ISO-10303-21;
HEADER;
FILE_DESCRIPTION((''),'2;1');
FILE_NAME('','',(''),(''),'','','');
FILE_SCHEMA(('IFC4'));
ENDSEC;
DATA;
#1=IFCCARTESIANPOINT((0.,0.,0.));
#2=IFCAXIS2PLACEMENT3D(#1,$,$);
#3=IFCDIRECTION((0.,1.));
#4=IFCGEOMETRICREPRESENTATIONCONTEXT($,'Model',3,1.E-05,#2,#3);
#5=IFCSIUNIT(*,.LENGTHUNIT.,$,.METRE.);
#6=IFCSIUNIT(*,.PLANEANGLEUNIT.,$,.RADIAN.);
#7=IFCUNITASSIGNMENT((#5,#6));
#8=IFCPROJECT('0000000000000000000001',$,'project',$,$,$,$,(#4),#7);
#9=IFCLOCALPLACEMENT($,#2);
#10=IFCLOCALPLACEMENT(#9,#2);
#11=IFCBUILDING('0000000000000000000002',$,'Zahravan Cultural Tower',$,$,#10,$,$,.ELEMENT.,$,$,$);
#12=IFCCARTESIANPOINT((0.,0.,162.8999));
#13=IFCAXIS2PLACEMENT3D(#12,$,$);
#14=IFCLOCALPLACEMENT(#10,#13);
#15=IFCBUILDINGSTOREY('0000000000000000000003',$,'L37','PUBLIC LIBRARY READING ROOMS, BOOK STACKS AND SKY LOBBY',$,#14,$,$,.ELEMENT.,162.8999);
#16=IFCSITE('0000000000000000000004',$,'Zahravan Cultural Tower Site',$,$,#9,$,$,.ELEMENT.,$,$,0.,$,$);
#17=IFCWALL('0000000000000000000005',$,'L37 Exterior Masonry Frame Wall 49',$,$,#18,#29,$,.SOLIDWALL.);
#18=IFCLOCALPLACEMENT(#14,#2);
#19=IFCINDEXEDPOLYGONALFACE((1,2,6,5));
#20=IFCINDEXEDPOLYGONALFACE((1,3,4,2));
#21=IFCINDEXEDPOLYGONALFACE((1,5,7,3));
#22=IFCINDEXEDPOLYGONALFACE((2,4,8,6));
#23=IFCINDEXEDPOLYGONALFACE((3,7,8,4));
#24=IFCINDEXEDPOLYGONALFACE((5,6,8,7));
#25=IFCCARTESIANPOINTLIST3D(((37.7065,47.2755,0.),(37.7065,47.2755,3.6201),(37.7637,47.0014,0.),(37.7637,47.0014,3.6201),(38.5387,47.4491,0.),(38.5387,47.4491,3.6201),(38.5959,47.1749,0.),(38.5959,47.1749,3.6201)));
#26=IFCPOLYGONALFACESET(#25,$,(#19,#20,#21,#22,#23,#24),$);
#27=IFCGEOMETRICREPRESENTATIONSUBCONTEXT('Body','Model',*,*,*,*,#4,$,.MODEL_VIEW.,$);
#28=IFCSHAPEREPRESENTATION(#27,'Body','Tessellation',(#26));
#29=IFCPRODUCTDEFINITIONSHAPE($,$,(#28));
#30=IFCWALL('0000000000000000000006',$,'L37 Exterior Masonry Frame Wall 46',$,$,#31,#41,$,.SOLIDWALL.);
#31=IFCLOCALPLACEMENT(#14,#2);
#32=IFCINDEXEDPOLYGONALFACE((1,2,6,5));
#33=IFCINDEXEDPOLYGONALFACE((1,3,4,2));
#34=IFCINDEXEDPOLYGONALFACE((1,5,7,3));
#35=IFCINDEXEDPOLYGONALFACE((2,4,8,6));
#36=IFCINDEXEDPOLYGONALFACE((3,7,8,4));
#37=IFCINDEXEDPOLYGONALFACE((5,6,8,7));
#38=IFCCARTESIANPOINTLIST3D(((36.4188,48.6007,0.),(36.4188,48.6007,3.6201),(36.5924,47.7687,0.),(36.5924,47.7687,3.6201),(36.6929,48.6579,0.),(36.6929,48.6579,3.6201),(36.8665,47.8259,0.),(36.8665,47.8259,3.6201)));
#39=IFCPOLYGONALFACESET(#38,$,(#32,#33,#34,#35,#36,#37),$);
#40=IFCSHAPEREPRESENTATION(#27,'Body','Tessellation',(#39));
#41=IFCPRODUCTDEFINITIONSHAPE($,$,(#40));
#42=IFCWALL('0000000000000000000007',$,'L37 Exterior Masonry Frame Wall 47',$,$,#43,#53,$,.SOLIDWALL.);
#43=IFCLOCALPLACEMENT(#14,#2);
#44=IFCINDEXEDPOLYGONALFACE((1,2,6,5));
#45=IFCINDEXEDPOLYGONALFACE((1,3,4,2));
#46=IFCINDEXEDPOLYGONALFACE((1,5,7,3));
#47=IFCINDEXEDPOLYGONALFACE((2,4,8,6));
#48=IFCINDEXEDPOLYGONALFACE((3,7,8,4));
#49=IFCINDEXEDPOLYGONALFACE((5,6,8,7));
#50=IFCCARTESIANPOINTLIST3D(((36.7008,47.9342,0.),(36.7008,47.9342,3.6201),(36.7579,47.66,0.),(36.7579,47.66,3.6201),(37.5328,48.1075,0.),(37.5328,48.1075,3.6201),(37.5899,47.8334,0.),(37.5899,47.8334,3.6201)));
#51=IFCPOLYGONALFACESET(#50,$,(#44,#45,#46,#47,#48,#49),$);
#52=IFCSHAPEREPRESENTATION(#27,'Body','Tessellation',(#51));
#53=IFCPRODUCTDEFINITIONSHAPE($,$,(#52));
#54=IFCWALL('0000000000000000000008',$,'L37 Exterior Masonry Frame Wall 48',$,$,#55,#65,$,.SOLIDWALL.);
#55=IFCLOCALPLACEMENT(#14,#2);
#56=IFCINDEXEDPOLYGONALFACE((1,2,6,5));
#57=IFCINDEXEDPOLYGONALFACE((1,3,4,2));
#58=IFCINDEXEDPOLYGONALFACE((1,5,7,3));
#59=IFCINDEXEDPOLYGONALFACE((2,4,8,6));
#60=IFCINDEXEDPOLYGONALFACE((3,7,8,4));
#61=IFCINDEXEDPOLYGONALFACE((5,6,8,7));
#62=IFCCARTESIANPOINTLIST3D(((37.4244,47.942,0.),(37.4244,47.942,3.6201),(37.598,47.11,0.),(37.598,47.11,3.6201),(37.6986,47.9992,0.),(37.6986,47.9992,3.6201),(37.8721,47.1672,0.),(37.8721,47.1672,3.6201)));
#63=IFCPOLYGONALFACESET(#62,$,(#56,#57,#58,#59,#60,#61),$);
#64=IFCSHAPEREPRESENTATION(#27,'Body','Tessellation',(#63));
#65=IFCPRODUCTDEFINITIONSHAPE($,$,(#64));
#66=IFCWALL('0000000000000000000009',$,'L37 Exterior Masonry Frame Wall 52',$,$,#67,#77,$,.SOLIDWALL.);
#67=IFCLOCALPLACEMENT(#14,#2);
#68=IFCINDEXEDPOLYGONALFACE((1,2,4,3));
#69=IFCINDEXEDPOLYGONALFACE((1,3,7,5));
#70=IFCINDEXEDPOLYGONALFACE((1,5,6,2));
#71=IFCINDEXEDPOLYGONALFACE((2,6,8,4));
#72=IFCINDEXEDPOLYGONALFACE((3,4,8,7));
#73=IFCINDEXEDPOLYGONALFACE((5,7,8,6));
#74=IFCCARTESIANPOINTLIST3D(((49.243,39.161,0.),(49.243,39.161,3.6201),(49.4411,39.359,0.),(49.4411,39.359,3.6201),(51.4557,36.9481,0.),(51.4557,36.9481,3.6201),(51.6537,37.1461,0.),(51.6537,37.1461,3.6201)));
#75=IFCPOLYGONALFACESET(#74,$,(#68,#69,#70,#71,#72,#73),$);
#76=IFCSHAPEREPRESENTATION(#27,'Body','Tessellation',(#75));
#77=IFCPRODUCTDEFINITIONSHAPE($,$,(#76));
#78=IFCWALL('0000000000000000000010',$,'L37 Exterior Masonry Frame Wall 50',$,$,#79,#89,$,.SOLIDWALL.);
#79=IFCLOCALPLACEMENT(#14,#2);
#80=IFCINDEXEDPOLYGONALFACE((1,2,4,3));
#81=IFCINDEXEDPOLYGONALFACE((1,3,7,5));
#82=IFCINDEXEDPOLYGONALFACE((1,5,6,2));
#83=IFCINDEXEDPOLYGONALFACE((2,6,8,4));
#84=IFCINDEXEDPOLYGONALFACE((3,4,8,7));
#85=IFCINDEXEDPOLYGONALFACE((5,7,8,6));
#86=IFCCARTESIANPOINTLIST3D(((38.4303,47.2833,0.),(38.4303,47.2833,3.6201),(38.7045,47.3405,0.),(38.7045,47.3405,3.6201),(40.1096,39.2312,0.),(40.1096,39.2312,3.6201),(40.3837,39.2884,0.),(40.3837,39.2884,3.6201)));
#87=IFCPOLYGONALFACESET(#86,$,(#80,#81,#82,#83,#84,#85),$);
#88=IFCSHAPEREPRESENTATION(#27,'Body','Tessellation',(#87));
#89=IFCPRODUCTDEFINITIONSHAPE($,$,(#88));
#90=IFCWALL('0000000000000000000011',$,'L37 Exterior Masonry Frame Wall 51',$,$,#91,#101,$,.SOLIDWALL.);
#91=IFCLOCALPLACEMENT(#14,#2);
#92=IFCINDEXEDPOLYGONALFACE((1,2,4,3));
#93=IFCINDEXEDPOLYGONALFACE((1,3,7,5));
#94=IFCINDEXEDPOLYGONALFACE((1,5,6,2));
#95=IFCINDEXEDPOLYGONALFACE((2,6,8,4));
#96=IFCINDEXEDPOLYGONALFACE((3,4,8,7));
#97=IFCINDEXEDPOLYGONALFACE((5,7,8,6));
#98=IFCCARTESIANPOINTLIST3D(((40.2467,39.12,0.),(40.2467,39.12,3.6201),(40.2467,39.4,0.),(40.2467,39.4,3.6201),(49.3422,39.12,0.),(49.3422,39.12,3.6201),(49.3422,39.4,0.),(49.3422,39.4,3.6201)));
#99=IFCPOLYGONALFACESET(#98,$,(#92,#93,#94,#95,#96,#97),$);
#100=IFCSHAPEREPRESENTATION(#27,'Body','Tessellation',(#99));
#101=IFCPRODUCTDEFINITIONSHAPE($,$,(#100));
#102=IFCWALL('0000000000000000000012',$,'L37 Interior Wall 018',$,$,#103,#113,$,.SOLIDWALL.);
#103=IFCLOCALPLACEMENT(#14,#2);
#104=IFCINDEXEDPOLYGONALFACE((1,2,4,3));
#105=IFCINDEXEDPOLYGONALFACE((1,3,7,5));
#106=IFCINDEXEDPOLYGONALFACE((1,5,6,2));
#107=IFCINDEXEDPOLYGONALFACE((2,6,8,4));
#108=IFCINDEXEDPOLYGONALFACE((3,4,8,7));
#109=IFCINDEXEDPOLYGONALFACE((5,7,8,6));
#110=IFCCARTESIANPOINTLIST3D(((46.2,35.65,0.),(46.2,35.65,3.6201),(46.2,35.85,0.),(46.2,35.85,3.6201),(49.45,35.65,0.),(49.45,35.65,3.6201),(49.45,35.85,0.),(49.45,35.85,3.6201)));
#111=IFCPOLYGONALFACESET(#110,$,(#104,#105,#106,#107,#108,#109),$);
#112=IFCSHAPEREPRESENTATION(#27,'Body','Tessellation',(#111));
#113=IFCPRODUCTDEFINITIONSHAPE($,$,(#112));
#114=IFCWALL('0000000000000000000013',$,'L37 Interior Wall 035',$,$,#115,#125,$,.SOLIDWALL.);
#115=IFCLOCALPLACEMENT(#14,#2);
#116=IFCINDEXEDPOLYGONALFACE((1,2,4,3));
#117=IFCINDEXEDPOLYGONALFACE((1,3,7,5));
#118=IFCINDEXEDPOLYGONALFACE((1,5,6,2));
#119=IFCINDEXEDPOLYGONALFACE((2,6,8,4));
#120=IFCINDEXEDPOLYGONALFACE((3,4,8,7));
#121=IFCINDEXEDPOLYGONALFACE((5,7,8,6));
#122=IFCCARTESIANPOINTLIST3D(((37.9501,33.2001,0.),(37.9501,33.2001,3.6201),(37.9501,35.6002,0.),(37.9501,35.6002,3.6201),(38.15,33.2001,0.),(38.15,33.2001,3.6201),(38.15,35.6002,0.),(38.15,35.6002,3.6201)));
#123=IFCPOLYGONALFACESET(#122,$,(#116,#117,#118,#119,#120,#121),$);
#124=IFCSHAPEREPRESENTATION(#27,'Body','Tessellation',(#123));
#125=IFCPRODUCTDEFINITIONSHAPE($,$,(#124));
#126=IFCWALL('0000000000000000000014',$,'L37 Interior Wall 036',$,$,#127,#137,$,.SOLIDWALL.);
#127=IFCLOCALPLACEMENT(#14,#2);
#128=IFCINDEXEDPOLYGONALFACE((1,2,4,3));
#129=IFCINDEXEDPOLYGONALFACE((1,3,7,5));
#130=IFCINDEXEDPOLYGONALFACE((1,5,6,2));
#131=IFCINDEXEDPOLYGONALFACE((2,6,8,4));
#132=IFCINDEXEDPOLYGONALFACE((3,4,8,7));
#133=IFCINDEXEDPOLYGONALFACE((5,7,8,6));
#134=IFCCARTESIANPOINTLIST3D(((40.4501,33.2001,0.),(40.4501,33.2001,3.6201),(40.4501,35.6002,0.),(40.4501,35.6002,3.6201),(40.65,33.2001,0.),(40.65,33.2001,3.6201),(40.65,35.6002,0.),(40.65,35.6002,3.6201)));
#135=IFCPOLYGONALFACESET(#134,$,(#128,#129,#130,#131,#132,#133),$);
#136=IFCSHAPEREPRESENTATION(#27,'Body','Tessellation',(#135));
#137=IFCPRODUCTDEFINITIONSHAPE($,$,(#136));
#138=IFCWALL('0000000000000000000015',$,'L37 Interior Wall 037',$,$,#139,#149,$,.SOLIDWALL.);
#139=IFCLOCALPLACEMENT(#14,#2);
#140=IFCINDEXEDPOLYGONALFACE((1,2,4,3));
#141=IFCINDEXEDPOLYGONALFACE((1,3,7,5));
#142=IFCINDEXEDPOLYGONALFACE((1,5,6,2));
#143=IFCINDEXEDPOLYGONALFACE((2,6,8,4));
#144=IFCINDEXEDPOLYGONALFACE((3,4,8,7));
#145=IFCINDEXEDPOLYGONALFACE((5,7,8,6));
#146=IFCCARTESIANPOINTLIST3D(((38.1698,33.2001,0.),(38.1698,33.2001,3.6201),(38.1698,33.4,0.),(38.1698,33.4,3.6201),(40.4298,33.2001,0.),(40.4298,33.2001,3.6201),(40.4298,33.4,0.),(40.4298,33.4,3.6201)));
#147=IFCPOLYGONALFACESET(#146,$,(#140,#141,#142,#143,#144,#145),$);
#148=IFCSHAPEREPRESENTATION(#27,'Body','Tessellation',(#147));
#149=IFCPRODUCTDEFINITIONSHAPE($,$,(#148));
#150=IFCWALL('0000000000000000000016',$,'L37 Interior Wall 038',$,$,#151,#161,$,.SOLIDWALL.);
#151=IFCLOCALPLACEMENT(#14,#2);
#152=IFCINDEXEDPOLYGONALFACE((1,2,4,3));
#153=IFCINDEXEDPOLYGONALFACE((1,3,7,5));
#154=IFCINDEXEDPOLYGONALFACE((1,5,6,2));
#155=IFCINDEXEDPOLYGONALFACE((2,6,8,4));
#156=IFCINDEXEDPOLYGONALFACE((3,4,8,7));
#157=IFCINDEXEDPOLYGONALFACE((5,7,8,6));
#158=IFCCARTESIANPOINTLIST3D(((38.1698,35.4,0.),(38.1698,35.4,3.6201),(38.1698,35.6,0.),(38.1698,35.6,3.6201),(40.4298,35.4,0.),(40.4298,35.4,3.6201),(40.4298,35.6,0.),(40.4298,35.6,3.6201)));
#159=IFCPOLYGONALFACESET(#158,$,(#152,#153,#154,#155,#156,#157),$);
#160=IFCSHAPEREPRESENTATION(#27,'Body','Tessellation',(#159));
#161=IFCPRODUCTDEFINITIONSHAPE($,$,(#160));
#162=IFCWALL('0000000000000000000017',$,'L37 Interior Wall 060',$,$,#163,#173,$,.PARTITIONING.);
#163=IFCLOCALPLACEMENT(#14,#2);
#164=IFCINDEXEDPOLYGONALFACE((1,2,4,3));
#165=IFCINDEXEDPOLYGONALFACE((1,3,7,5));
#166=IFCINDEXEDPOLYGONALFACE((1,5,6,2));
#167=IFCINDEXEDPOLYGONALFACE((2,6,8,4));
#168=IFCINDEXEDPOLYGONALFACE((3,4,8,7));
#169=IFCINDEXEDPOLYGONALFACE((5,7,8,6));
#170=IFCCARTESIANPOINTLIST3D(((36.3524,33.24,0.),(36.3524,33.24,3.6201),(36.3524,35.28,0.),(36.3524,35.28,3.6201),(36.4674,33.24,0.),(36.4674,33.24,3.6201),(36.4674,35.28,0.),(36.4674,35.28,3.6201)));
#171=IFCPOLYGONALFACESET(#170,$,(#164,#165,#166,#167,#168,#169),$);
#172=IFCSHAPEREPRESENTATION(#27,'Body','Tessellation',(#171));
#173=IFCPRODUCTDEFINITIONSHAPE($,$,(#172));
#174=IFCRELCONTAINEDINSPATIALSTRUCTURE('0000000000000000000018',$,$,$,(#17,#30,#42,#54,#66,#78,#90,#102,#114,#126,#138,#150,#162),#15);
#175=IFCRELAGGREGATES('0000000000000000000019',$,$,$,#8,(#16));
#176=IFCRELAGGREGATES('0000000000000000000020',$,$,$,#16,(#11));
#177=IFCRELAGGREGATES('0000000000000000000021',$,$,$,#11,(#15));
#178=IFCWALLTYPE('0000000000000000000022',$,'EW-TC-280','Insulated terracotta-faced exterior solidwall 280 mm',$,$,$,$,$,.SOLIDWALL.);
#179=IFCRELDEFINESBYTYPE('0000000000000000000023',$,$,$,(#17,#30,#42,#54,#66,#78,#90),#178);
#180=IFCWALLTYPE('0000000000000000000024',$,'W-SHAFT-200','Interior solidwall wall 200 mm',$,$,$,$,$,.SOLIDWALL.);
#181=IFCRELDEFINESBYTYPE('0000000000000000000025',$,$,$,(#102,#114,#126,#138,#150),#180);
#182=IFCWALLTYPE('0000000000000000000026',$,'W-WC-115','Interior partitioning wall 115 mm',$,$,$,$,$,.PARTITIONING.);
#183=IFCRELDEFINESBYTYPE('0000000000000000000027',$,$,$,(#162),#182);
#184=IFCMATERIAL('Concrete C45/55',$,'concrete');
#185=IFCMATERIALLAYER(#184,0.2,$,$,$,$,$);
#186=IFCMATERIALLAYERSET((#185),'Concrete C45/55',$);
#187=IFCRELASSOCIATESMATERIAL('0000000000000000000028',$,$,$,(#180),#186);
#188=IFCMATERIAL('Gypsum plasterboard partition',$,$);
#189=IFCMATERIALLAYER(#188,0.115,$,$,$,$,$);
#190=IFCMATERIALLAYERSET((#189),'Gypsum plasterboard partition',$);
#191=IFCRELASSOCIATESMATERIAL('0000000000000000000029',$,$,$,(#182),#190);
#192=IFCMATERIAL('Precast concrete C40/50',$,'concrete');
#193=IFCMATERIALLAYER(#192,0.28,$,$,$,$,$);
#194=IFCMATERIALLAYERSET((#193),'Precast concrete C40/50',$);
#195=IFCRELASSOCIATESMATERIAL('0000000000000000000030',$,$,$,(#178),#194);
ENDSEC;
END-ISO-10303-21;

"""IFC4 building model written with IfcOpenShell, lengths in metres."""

from ifc_helpers import new_model, si_unit, direction, frame, frame_2d, origin, place, context, subcontext, project, spatial, rectangle, extrude, source, transform, mapped, material, layer, layer_set, type_object, element, save


model = new_model("IFC4")

# Units and contexts
model_context = context("Model", 3, precision=1e-05, world=origin(), true_north=direction((0.0, 1.0)))
body_context = subcontext(model_context, "Body", "Model", "MODEL_VIEW")
ifc_project = project(units=[si_unit("LENGTHUNIT", "METRE"), si_unit("PLANEANGLEUNIT", "RADIAN")], contexts=[model_context])

# Site, building, storey
site_placement = place(None, origin())
site = spatial("IfcSite", under=ifc_project, at=site_placement, Name="Zahravan Cultural Tower Site", CompositionType="ELEMENT", RefElevation=0.0)
building_placement = place(site_placement, origin())
building = spatial("IfcBuilding", under=site, at=building_placement, Name="Zahravan Cultural Tower", CompositionType="ELEMENT")
storey_placement = place(building_placement, frame((0.0, 0.0, 162.8999)))
storey = spatial("IfcBuildingStorey", under=building, at=storey_placement, Name="L37", Description="PUBLIC LIBRARY READING ROOMS, BOOK STACKS AND SKY LOBBY", CompositionType="ELEMENT", Elevation=162.8999)

# Shared definitions
ifc_material_1 = material(Name="Gypsum plasterboard partition")
ifc_material_2 = material(Name="Concrete C45/55", Category="concrete")
ifc_layer_1 = layer(ifc_material_2, 0.2)
ifc_layer_set_1 = layer_set([ifc_layer_1], Name="Concrete C45/55")
wall_type_1 = type_object("IfcWallType", Name="W-SHAFT-200", Description="Interior solidwall wall 200 mm", PredefinedType="SOLIDWALL", material=ifc_layer_set_1)
ifc_layer_2 = layer(ifc_material_1, 0.115)
ifc_layer_set_2 = layer_set([ifc_layer_2], Name="Gypsum plasterboard partition")
wall_type_2 = type_object("IfcWallType", Name="W-WC-115", Description="Interior partitioning wall 115 mm", PredefinedType="PARTITIONING", material=ifc_layer_set_2)

# Walls
ifc_material_3 = material(Name="Precast concrete C40/50", Category="concrete")
ifc_layer_3 = layer(ifc_material_3, 0.28)
ifc_layer_set_3 = layer_set([ifc_layer_3], Name="Precast concrete C40/50")
wall_type_3 = type_object("IfcWallType", Name="EW-TC-280", Description="Insulated terracotta-faced exterior solidwall 280 mm", PredefinedType="SOLIDWALL", material=ifc_layer_set_3)
shared_shape_1 = source(origin(), body_context, "Body", "SweptSolid", [
    extrude(rectangle(XDim=0.8501, YDim=0.28, at=frame_2d((0.425, 0.0))), origin(), (0.0, 0.0, 1.0), 3.6201),
])
wall_1_placement = place(storey_placement, frame((37.7351, 47.1384, 0.0), z_axis=(0.0, 0.0, 1.0), x_axis=(0.978935, 0.204172, 0.0)))
element("IfcWall", 1, at=wall_1_placement, inside=storey, type_object=wall_type_3, Name="L37 Exterior Masonry Frame Wall 49", PredefinedType="SOLIDWALL", context=body_context, shape_type="MappedRepresentation", body=[
    mapped(shared_shape_1, transform((0.0, 0.0, 0.0), x_axis=(1.0, 0.0, 0.0), y_axis=(0.0, 1.0, 0.0), z_axis=(0.0, 0.0, 1.0), scale=1.0)),
])
shared_shape_2 = source(origin(), body_context, "Body", "SweptSolid", [
    extrude(rectangle(XDim=0.8499, YDim=0.28, at=frame_2d((0.4248, 0.0))), origin(), (0.0, 0.0, 1.0), 3.6201),
])
for number, where, z_axis, x_axis, name in (
    (2, (36.5559, 48.6292, 0.0), (0.0, 0.0, 1.0), (0.20423, -0.978923, 0.0), "L37 Exterior Masonry Frame Wall 46"),
    (3, (36.7295, 47.7971, 0.0), (0.0, 0.0, 1.0), (0.97898, 0.203954, 0.0), "L37 Exterior Masonry Frame Wall 47"),
    (4, (37.5615, 47.9705, 0.0), (0.0, 0.0, 1.0), (0.20423, -0.978923, 0.0), "L37 Exterior Masonry Frame Wall 48"),
):
    element("IfcWall", number, at=place(storey_placement, frame(where, z_axis=z_axis, x_axis=x_axis)), inside=storey, type_object=wall_type_3, Name=name, PredefinedType="SOLIDWALL", context=body_context, shape_type="MappedRepresentation", body=[
        mapped(shared_shape_2, transform((0.0, 0.0, 0.0), x_axis=(1.0, 0.0, 0.0), y_axis=(0.0, 1.0, 0.0), z_axis=(0.0, 0.0, 1.0), scale=1.0)),
    ])
shared_shape_3 = source(origin(), body_context, "Body", "SweptSolid", [
    extrude(rectangle(XDim=3.1294, YDim=0.28, at=frame_2d((1.5647, 0.0))), origin(), (0.0, 0.0, 1.0), 3.6201),
])
wall_2_placement = place(storey_placement, frame((49.342, 39.26, 0.0), z_axis=(0.0, 0.0, 1.0), x_axis=(0.707068, -0.707146, 0.0)))
element("IfcWall", 5, at=wall_2_placement, inside=storey, type_object=wall_type_3, Name="L37 Exterior Masonry Frame Wall 52", PredefinedType="SOLIDWALL", context=body_context, shape_type="MappedRepresentation", body=[
    mapped(shared_shape_3, transform((0.0, 0.0, 0.0), x_axis=(1.0, 0.0, 0.0), y_axis=(0.0, 1.0, 0.0), z_axis=(0.0, 0.0, 1.0), scale=1.0)),
])
shared_shape_4 = source(origin(), body_context, "Body", "SweptSolid", [
    extrude(rectangle(XDim=8.2253, YDim=0.28, at=frame_2d((4.1128, 0.0))), origin(), (0.0, 0.0, 1.0), 3.6201),
])
wall_3_placement = place(storey_placement, frame((38.5674, 47.312, 0.0), z_axis=(0.0, 0.0, 1.0), x_axis=(0.204152, -0.978939, 0.0)))
element("IfcWall", 6, at=wall_3_placement, inside=storey, type_object=wall_type_3, Name="L37 Exterior Masonry Frame Wall 50", PredefinedType="SOLIDWALL", context=body_context, shape_type="MappedRepresentation", body=[
    mapped(shared_shape_4, transform((0.0, 0.0, 0.0), x_axis=(1.0, 0.0, 0.0), y_axis=(0.0, 1.0, 0.0), z_axis=(0.0, 0.0, 1.0), scale=1.0)),
])
shared_shape_5 = source(origin(), body_context, "Body", "SweptSolid", [
    extrude(rectangle(XDim=9.0955, YDim=0.28, at=frame_2d((4.5479, 0.0))), origin(), (0.0, 0.0, 1.0), 3.6201),
])
wall_4_placement = place(storey_placement, frame((40.2466, 39.26, 0.0), z_axis=(0.0, 0.0, 1.0), x_axis=(1.0, 0.0, 0.0)))
element("IfcWall", 7, at=wall_4_placement, inside=storey, type_object=wall_type_3, Name="L37 Exterior Masonry Frame Wall 51", PredefinedType="SOLIDWALL", context=body_context, shape_type="MappedRepresentation", body=[
    mapped(shared_shape_5, transform((0.0, 0.0, 0.0), x_axis=(1.0, 0.0, 0.0), y_axis=(0.0, 1.0, 0.0), z_axis=(0.0, 0.0, 1.0), scale=1.0)),
])
shared_shape_6 = source(origin(), body_context, "Body", "SweptSolid", [
    extrude(rectangle(XDim=3.25, YDim=0.2, at=frame_2d((1.625, 0.0))), origin(), (0.0, 0.0, 1.0), 3.6201),
])
wall_5_placement = place(storey_placement, frame((46.2, 35.75, 0.0), z_axis=(0.0, 0.0, 1.0), x_axis=(1.0, 0.0, 0.0)))
element("IfcWall", 8, at=wall_5_placement, inside=storey, type_object=wall_type_1, Name="L37 Interior Wall 018", PredefinedType="SOLIDWALL", context=body_context, shape_type="MappedRepresentation", body=[
    mapped(shared_shape_6, transform((0.0, 0.0, 0.0), x_axis=(1.0, 0.0, 0.0), y_axis=(0.0, 1.0, 0.0), z_axis=(0.0, 0.0, 1.0), scale=1.0)),
])
shared_shape_7 = source(origin(), body_context, "Body", "SweptSolid", [
    extrude(rectangle(XDim=2.4001, YDim=0.2, at=frame_2d((1.2002, 0.0))), origin(), (0.0, 0.0, 1.0), 3.6201),
])
for number, where, z_axis, x_axis, name in (
    (9, (38.05, 33.2, 0.0), (0.0, 0.0, 1.0), (0.0, 1.0, 0.0), "L37 Interior Wall 035"),
    (10, (40.55, 33.2, 0.0), (0.0, 0.0, 1.0), (0.0, 1.0, 0.0), "L37 Interior Wall 036"),
):
    element("IfcWall", number, at=place(storey_placement, frame(where, z_axis=z_axis, x_axis=x_axis)), inside=storey, type_object=wall_type_1, Name=name, PredefinedType="SOLIDWALL", context=body_context, shape_type="MappedRepresentation", body=[
        mapped(shared_shape_7, transform((0.0, 0.0, 0.0), x_axis=(1.0, 0.0, 0.0), y_axis=(0.0, 1.0, 0.0), z_axis=(0.0, 0.0, 1.0), scale=1.0)),
    ])
shared_shape_8 = source(origin(), body_context, "Body", "SweptSolid", [
    extrude(rectangle(XDim=2.26, YDim=0.2, at=frame_2d((1.1299, 0.0))), origin(), (0.0, 0.0, 1.0), 3.6201),
])
for number, where, z_axis, x_axis, name in (
    (11, (38.1699, 33.3, 0.0), (0.0, 0.0, 1.0), (1.0, 0.0, 0.0), "L37 Interior Wall 037"),
    (12, (38.1699, 35.5, 0.0), (0.0, 0.0, 1.0), (1.0, 0.0, 0.0), "L37 Interior Wall 038"),
):
    element("IfcWall", number, at=place(storey_placement, frame(where, z_axis=z_axis, x_axis=x_axis)), inside=storey, type_object=wall_type_1, Name=name, PredefinedType="SOLIDWALL", context=body_context, shape_type="MappedRepresentation", body=[
        mapped(shared_shape_8, transform((0.0, 0.0, 0.0), x_axis=(1.0, 0.0, 0.0), y_axis=(0.0, 1.0, 0.0), z_axis=(0.0, 0.0, 1.0), scale=1.0)),
    ])
shared_shape_9 = source(origin(), body_context, "Body", "SweptSolid", [
    extrude(rectangle(XDim=2.04, YDim=0.115, at=frame_2d((1.02, 0.0))), origin(), (0.0, 0.0, 1.0), 3.6201),
])
wall_6_placement = place(storey_placement, frame((36.4099, 35.28, 0.0), z_axis=(0.0, 0.0, 1.0), x_axis=(0.0, -1.0, 0.0)))
element("IfcWall", 13, at=wall_6_placement, inside=storey, type_object=wall_type_2, Name="L37 Interior Wall 060", PredefinedType="PARTITIONING", context=body_context, shape_type="MappedRepresentation", body=[
    mapped(shared_shape_9, transform((0.0, 0.0, 0.0), x_axis=(1.0, 0.0, 0.0), y_axis=(0.0, 1.0, 0.0), z_axis=(0.0, 0.0, 1.0), scale=1.0)),
])

save(model, "model.ifc")
